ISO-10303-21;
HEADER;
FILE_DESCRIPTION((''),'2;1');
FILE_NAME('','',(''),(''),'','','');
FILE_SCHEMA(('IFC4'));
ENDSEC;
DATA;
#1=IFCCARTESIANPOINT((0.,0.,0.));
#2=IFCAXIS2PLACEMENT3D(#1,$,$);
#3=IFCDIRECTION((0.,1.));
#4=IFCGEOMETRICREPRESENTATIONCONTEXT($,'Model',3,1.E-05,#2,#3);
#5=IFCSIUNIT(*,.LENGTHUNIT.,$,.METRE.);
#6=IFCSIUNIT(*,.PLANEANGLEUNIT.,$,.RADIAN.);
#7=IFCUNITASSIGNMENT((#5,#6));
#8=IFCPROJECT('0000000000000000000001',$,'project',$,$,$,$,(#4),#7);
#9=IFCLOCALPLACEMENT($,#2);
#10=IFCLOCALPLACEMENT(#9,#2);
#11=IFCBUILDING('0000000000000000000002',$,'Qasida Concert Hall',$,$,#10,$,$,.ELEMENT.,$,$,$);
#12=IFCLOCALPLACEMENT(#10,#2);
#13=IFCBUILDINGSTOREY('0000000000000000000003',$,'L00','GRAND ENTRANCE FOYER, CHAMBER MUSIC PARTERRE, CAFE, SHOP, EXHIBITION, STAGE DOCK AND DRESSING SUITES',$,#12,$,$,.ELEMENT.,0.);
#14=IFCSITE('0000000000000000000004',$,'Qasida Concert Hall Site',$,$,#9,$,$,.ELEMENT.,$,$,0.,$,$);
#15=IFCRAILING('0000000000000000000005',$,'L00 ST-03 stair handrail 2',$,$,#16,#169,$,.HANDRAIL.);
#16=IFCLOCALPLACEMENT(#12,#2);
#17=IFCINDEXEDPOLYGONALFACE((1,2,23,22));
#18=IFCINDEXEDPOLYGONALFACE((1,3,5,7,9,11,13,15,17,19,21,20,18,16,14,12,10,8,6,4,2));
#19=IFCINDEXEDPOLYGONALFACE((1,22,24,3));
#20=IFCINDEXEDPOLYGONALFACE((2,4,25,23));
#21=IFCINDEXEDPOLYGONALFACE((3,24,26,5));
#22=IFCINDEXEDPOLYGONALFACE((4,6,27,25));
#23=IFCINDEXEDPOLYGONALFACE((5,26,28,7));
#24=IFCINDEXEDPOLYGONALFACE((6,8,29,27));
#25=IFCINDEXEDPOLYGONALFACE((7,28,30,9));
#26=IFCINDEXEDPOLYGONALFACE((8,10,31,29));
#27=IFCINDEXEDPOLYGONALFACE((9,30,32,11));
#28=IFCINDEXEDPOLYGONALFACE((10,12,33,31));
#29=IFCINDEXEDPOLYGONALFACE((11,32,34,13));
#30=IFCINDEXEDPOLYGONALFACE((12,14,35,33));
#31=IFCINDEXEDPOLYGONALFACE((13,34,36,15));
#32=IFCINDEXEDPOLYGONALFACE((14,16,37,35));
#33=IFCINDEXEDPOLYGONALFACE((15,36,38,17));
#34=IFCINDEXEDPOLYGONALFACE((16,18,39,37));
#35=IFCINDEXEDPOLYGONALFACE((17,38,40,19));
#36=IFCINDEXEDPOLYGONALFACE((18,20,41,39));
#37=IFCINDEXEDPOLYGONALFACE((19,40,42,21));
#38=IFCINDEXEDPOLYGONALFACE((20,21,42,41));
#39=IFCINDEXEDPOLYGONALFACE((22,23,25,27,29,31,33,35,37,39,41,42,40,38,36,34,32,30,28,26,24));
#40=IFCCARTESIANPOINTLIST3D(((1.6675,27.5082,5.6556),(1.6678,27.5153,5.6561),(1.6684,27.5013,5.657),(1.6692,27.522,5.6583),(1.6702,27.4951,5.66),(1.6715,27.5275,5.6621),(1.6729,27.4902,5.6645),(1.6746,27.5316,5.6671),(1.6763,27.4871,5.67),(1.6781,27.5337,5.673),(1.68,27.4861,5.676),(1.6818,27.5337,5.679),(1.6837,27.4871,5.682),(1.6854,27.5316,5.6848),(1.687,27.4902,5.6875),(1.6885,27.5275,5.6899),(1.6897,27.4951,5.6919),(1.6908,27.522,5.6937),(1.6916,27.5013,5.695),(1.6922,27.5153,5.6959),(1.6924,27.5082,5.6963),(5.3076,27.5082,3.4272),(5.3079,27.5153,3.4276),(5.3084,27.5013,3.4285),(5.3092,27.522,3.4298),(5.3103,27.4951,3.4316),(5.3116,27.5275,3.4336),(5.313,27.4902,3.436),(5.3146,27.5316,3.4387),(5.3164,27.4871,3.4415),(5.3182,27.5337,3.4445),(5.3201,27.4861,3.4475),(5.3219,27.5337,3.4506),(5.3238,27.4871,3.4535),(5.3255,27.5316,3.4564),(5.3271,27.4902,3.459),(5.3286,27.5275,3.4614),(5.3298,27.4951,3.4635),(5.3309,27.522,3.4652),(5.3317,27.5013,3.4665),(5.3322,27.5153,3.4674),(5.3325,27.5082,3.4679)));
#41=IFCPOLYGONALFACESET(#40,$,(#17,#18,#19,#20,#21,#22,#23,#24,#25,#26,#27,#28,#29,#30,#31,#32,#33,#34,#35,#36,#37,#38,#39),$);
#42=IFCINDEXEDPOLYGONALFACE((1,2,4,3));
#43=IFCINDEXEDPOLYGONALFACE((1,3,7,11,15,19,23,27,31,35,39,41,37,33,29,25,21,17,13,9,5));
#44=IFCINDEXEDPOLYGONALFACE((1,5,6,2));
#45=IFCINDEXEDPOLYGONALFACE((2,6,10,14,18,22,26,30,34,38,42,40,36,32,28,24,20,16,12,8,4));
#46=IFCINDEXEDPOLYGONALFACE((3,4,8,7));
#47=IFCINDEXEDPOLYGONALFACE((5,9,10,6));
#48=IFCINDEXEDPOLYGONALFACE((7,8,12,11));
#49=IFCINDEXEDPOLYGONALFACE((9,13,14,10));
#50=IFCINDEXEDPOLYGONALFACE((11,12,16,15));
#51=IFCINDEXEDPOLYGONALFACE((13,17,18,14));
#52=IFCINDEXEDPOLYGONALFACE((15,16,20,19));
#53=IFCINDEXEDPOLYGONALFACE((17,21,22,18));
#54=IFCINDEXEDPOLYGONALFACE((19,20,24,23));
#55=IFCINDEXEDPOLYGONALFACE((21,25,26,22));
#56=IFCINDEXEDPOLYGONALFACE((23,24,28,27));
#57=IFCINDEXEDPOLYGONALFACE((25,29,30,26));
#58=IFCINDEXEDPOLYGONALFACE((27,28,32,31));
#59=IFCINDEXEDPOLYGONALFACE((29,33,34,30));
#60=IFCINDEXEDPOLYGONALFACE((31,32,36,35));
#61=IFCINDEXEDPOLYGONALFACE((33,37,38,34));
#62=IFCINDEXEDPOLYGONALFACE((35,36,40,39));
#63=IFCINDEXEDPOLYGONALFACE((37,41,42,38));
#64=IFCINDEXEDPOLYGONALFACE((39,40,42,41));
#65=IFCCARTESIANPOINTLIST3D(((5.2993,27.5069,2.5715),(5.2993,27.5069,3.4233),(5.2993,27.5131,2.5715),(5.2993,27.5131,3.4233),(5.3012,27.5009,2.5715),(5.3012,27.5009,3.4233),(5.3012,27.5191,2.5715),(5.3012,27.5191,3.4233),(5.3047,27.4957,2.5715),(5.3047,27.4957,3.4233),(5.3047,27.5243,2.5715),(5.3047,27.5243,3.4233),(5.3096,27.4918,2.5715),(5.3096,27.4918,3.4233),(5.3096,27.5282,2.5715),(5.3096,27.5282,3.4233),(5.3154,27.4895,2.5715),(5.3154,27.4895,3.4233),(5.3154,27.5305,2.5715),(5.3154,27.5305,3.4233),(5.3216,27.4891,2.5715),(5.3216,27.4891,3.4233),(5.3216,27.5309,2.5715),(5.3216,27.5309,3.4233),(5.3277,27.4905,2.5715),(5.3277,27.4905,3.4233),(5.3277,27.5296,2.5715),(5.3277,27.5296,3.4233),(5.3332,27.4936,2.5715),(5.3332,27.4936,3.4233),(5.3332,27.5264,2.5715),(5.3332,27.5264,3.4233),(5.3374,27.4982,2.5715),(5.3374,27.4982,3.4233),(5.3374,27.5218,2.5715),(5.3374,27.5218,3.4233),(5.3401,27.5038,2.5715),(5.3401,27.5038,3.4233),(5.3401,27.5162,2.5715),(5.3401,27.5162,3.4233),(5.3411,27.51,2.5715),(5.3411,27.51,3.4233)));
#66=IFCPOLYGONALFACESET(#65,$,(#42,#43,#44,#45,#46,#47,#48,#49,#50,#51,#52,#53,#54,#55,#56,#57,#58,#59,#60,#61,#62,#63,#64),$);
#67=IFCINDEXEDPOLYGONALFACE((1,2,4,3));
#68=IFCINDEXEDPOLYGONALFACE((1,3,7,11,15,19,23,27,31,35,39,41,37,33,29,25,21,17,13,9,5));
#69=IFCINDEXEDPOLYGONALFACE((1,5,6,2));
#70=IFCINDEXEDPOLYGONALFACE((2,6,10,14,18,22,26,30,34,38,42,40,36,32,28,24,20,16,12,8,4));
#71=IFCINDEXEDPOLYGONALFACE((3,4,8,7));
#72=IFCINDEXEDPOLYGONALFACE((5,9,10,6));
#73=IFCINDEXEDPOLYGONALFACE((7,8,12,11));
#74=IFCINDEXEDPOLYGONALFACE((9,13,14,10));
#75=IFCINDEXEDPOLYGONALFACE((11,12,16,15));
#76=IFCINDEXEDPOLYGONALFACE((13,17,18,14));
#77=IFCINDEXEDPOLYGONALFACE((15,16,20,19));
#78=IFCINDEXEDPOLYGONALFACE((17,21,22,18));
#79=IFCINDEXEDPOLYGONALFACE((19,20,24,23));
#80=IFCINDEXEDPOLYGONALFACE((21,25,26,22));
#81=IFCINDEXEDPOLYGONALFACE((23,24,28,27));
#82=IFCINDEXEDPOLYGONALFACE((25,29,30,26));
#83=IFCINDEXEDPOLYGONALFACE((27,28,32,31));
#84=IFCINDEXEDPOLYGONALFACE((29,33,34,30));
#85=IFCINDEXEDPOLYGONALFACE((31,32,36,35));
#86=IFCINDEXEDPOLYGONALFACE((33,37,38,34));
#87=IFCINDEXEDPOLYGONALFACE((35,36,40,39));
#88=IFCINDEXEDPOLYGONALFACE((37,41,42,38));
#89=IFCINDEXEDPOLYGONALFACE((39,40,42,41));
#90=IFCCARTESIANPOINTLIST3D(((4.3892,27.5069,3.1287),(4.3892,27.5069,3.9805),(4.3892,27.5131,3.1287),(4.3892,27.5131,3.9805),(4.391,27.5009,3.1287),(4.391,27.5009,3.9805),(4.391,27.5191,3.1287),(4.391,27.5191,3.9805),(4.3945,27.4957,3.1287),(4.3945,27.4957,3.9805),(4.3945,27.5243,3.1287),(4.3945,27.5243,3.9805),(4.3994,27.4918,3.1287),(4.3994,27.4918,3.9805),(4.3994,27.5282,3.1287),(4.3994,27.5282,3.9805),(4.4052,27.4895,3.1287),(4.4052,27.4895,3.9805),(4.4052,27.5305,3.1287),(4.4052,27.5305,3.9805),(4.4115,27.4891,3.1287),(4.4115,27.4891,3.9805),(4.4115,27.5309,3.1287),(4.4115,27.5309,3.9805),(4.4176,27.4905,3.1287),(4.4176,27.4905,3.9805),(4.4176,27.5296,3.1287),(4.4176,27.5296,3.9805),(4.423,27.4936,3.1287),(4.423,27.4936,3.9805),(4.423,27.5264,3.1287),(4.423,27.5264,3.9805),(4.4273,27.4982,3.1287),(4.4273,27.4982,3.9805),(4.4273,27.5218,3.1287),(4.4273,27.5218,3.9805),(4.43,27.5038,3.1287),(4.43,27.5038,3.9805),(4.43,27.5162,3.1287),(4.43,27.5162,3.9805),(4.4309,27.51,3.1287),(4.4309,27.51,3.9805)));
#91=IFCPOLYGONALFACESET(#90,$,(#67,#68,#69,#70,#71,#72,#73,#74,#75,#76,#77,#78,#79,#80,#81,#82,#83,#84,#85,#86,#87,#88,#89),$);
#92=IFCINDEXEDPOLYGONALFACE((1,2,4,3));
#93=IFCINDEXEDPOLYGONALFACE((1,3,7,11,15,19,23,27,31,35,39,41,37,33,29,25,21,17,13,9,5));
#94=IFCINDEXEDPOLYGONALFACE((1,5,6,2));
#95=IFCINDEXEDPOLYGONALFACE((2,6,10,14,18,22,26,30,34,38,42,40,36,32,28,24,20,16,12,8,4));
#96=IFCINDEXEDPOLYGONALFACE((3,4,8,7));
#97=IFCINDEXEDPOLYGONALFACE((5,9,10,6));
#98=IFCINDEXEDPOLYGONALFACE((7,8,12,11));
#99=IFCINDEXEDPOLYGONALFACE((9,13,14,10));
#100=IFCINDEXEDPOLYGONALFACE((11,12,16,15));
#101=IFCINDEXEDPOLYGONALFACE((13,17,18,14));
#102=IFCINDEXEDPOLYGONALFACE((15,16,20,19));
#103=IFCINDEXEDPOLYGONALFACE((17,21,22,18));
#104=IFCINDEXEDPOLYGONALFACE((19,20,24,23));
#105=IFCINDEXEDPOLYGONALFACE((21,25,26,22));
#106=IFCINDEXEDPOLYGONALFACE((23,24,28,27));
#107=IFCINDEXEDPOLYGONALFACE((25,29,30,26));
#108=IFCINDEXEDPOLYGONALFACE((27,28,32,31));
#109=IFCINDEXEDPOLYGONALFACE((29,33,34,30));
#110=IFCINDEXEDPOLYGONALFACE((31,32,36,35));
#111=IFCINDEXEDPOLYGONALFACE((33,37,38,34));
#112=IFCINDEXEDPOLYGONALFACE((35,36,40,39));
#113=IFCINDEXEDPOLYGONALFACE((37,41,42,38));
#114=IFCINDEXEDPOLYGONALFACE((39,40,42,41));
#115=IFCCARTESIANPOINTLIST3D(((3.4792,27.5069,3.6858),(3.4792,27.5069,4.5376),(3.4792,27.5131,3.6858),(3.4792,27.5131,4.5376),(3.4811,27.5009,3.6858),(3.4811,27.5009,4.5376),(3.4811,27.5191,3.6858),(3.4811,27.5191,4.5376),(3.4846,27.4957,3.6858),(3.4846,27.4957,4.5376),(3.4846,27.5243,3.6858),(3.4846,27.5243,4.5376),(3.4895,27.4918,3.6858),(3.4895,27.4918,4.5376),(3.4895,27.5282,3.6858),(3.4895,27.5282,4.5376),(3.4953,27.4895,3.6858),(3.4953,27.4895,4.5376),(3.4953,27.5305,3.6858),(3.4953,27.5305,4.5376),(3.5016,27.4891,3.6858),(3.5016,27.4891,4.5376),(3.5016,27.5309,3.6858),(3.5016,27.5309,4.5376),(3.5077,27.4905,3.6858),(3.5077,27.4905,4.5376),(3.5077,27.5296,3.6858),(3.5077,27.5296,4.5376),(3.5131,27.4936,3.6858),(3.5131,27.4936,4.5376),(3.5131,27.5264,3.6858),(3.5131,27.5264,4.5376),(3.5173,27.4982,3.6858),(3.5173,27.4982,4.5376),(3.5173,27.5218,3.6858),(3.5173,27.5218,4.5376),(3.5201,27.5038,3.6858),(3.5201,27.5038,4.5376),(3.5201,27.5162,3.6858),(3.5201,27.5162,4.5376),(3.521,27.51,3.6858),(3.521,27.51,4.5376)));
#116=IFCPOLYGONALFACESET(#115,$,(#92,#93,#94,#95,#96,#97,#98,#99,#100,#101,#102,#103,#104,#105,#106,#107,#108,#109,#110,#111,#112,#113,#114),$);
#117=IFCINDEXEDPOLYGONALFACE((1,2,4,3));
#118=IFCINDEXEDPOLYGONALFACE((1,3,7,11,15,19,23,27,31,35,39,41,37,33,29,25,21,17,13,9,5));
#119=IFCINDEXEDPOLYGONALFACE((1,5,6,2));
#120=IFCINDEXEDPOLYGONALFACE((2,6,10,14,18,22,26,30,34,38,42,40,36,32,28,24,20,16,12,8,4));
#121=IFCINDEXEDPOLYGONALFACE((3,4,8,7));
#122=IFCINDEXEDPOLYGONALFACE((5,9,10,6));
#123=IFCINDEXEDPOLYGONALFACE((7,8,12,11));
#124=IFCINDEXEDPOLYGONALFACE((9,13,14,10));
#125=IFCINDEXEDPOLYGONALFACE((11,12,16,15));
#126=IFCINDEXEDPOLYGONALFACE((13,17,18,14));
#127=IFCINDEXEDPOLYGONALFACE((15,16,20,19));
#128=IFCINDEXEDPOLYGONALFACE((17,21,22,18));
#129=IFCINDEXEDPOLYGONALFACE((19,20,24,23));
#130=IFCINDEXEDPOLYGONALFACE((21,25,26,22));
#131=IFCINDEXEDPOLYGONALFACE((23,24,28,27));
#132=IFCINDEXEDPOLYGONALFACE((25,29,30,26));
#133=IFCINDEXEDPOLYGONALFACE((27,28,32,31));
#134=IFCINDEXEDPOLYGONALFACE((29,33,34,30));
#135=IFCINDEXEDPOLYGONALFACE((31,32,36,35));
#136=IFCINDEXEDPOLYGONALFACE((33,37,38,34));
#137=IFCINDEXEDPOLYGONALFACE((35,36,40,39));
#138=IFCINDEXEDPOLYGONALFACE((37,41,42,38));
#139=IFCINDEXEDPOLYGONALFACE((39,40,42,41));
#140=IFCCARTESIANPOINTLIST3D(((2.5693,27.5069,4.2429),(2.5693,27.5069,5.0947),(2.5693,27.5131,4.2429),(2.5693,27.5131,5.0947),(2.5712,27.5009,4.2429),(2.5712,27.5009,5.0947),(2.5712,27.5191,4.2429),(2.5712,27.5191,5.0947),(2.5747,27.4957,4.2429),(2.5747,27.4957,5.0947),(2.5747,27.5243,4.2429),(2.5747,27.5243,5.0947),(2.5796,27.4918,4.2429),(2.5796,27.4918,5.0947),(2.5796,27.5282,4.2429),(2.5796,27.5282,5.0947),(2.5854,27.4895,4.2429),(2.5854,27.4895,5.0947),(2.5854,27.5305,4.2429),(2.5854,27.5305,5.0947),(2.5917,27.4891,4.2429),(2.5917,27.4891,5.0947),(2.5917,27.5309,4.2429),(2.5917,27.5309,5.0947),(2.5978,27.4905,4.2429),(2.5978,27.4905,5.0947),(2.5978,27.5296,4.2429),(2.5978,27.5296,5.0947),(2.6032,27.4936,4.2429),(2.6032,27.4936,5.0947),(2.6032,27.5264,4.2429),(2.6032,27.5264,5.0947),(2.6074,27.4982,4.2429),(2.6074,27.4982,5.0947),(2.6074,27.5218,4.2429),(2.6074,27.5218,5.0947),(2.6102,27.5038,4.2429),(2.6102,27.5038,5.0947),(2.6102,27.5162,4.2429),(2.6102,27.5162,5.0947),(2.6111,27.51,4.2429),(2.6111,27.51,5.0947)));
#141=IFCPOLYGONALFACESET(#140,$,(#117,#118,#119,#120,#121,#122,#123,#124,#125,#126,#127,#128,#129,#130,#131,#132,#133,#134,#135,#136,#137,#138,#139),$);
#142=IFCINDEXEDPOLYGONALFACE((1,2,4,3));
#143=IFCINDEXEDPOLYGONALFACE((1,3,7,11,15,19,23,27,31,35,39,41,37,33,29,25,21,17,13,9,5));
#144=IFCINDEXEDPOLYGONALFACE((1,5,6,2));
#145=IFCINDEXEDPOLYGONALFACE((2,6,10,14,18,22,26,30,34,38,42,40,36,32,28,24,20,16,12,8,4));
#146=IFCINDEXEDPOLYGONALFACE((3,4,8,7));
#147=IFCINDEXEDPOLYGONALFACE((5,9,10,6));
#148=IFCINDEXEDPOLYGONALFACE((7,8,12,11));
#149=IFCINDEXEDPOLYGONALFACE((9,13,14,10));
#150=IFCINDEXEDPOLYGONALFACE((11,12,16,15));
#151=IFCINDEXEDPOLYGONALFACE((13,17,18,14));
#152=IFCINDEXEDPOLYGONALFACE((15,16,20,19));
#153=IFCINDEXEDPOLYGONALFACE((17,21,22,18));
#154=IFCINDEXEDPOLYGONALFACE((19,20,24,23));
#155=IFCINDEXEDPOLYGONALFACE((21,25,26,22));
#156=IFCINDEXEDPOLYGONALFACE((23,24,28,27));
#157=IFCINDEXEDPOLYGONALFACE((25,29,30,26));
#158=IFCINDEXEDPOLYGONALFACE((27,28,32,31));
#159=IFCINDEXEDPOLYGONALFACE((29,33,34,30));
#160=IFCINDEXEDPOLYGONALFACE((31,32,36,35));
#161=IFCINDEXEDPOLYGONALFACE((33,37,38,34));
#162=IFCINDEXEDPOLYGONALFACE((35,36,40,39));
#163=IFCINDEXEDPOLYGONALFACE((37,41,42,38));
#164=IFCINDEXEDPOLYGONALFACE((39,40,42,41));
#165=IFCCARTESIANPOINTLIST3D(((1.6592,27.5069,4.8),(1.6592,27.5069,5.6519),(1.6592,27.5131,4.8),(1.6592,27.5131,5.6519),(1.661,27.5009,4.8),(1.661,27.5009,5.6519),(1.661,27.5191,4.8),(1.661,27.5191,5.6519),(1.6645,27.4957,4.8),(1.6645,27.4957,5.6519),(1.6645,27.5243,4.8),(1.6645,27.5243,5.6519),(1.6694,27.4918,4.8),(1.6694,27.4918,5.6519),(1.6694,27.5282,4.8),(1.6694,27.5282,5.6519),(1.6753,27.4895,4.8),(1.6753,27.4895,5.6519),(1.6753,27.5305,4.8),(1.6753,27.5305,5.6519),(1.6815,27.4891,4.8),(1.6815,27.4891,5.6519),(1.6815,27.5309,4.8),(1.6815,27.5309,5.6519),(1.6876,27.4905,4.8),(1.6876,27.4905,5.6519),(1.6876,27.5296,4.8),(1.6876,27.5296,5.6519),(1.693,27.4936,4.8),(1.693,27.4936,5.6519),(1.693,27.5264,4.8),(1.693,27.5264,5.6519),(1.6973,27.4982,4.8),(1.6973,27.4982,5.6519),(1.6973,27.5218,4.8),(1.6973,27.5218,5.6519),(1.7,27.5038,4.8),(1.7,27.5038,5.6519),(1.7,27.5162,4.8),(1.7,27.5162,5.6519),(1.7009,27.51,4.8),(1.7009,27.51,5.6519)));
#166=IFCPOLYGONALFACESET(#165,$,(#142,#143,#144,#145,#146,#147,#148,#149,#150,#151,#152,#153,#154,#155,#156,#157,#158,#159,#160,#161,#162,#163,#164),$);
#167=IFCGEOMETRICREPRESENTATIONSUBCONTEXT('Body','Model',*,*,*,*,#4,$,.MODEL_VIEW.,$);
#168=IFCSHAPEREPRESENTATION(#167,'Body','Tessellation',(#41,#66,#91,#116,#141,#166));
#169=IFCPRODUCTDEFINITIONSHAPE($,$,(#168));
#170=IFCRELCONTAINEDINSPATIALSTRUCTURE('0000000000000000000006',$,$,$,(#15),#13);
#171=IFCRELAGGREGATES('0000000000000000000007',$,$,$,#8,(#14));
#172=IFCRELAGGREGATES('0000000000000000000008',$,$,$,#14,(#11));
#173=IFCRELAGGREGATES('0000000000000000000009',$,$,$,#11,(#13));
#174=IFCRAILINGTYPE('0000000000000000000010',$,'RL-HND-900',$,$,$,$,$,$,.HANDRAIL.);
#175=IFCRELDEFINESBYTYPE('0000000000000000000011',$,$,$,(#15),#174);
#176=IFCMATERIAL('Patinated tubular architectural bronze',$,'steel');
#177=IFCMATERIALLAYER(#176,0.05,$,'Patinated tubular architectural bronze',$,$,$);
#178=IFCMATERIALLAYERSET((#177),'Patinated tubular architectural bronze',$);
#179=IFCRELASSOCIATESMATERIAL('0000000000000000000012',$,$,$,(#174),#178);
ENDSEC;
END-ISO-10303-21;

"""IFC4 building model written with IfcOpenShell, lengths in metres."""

from ifc_helpers import new_model, si_unit, direction, frame, origin, origin_2d, place, context, subcontext, project, spatial, circle, extrude, material, layer, layer_set, type_object, element, save


model = new_model("IFC4")

# Units and contexts
model_context = context("Model", 3, precision=1e-05, world=origin(), true_north=direction((0.0, 1.0)))
body_context = subcontext(model_context, "Body", "Model", "MODEL_VIEW")
ifc_project = project(units=[si_unit("LENGTHUNIT", "METRE"), si_unit("PLANEANGLEUNIT", "RADIAN")], contexts=[model_context])

# Site, building, storey
site_placement = place(None, origin())
site = spatial("IfcSite", under=ifc_project, at=site_placement, Name="Qasida Concert Hall Site", CompositionType="ELEMENT", RefElevation=0.0)
building_placement = place(site_placement, origin())
building = spatial("IfcBuilding", under=site, at=building_placement, Name="Qasida Concert Hall", CompositionType="ELEMENT")
storey_placement = place(building_placement, origin())
storey = spatial("IfcBuildingStorey", under=building, at=storey_placement, Name="L00", Description="GRAND ENTRANCE FOYER, CHAMBER MUSIC PARTERRE, CAFE, SHOP, EXHIBITION, STAGE DOCK AND DRESSING SUITES", CompositionType="ELEMENT", Elevation=0.0)

# Railing
ifc_material_1 = material(Name="Patinated tubular architectural bronze", Category="steel")
ifc_layer_1 = layer(ifc_material_1, 0.05, Name="Patinated tubular architectural bronze")
ifc_layer_set_1 = layer_set([ifc_layer_1], Name="Patinated tubular architectural bronze")
railing_type_1 = type_object("IfcRailingType", Name="RL-HND-900", PredefinedType="HANDRAIL", material=ifc_layer_set_1)
railing_1_placement = place(storey_placement, frame((5.3201, 27.51, 2.5715)))
element("IfcRailing", 1, at=railing_1_placement, inside=storey, type_object=railing_type_1, Name="L00 ST-03 stair handrail 2", PredefinedType="HANDRAIL", context=body_context, shape_type="SweptSolid", body=[
    extrude(circle(Radius=0.0239, at=origin_2d()), frame((0.0, 0.0, 0.876), z_axis=(-0.852866, 0.0, 0.52213), x_axis=(0.0, -1.0, 0.0)), (0.0, 0.0, 1.0), 4.2681),
    extrude(circle(Radius=0.021, at=origin_2d()), origin(), (0.0, 0.0, 1.0), 0.8518),
    extrude(circle(Radius=0.021, at=origin_2d()), frame((-0.9102, 0.0, 0.5571)), (0.0, 0.0, 1.0), 0.8518),
    extrude(circle(Radius=0.021, at=origin_2d()), frame((-1.8201, 0.0, 1.1143)), (0.0, 0.0, 1.0), 0.8518),
    extrude(circle(Radius=0.021, at=origin_2d()), frame((-2.73, 0.0, 1.6714)), (0.0, 0.0, 1.0), 0.8518),
    extrude(circle(Radius=0.021, at=origin_2d()), frame((-3.6401, 0.0, 2.2285)), (0.0, 0.0, 1.0), 0.8518),
])

save(model, "model.ifc")
